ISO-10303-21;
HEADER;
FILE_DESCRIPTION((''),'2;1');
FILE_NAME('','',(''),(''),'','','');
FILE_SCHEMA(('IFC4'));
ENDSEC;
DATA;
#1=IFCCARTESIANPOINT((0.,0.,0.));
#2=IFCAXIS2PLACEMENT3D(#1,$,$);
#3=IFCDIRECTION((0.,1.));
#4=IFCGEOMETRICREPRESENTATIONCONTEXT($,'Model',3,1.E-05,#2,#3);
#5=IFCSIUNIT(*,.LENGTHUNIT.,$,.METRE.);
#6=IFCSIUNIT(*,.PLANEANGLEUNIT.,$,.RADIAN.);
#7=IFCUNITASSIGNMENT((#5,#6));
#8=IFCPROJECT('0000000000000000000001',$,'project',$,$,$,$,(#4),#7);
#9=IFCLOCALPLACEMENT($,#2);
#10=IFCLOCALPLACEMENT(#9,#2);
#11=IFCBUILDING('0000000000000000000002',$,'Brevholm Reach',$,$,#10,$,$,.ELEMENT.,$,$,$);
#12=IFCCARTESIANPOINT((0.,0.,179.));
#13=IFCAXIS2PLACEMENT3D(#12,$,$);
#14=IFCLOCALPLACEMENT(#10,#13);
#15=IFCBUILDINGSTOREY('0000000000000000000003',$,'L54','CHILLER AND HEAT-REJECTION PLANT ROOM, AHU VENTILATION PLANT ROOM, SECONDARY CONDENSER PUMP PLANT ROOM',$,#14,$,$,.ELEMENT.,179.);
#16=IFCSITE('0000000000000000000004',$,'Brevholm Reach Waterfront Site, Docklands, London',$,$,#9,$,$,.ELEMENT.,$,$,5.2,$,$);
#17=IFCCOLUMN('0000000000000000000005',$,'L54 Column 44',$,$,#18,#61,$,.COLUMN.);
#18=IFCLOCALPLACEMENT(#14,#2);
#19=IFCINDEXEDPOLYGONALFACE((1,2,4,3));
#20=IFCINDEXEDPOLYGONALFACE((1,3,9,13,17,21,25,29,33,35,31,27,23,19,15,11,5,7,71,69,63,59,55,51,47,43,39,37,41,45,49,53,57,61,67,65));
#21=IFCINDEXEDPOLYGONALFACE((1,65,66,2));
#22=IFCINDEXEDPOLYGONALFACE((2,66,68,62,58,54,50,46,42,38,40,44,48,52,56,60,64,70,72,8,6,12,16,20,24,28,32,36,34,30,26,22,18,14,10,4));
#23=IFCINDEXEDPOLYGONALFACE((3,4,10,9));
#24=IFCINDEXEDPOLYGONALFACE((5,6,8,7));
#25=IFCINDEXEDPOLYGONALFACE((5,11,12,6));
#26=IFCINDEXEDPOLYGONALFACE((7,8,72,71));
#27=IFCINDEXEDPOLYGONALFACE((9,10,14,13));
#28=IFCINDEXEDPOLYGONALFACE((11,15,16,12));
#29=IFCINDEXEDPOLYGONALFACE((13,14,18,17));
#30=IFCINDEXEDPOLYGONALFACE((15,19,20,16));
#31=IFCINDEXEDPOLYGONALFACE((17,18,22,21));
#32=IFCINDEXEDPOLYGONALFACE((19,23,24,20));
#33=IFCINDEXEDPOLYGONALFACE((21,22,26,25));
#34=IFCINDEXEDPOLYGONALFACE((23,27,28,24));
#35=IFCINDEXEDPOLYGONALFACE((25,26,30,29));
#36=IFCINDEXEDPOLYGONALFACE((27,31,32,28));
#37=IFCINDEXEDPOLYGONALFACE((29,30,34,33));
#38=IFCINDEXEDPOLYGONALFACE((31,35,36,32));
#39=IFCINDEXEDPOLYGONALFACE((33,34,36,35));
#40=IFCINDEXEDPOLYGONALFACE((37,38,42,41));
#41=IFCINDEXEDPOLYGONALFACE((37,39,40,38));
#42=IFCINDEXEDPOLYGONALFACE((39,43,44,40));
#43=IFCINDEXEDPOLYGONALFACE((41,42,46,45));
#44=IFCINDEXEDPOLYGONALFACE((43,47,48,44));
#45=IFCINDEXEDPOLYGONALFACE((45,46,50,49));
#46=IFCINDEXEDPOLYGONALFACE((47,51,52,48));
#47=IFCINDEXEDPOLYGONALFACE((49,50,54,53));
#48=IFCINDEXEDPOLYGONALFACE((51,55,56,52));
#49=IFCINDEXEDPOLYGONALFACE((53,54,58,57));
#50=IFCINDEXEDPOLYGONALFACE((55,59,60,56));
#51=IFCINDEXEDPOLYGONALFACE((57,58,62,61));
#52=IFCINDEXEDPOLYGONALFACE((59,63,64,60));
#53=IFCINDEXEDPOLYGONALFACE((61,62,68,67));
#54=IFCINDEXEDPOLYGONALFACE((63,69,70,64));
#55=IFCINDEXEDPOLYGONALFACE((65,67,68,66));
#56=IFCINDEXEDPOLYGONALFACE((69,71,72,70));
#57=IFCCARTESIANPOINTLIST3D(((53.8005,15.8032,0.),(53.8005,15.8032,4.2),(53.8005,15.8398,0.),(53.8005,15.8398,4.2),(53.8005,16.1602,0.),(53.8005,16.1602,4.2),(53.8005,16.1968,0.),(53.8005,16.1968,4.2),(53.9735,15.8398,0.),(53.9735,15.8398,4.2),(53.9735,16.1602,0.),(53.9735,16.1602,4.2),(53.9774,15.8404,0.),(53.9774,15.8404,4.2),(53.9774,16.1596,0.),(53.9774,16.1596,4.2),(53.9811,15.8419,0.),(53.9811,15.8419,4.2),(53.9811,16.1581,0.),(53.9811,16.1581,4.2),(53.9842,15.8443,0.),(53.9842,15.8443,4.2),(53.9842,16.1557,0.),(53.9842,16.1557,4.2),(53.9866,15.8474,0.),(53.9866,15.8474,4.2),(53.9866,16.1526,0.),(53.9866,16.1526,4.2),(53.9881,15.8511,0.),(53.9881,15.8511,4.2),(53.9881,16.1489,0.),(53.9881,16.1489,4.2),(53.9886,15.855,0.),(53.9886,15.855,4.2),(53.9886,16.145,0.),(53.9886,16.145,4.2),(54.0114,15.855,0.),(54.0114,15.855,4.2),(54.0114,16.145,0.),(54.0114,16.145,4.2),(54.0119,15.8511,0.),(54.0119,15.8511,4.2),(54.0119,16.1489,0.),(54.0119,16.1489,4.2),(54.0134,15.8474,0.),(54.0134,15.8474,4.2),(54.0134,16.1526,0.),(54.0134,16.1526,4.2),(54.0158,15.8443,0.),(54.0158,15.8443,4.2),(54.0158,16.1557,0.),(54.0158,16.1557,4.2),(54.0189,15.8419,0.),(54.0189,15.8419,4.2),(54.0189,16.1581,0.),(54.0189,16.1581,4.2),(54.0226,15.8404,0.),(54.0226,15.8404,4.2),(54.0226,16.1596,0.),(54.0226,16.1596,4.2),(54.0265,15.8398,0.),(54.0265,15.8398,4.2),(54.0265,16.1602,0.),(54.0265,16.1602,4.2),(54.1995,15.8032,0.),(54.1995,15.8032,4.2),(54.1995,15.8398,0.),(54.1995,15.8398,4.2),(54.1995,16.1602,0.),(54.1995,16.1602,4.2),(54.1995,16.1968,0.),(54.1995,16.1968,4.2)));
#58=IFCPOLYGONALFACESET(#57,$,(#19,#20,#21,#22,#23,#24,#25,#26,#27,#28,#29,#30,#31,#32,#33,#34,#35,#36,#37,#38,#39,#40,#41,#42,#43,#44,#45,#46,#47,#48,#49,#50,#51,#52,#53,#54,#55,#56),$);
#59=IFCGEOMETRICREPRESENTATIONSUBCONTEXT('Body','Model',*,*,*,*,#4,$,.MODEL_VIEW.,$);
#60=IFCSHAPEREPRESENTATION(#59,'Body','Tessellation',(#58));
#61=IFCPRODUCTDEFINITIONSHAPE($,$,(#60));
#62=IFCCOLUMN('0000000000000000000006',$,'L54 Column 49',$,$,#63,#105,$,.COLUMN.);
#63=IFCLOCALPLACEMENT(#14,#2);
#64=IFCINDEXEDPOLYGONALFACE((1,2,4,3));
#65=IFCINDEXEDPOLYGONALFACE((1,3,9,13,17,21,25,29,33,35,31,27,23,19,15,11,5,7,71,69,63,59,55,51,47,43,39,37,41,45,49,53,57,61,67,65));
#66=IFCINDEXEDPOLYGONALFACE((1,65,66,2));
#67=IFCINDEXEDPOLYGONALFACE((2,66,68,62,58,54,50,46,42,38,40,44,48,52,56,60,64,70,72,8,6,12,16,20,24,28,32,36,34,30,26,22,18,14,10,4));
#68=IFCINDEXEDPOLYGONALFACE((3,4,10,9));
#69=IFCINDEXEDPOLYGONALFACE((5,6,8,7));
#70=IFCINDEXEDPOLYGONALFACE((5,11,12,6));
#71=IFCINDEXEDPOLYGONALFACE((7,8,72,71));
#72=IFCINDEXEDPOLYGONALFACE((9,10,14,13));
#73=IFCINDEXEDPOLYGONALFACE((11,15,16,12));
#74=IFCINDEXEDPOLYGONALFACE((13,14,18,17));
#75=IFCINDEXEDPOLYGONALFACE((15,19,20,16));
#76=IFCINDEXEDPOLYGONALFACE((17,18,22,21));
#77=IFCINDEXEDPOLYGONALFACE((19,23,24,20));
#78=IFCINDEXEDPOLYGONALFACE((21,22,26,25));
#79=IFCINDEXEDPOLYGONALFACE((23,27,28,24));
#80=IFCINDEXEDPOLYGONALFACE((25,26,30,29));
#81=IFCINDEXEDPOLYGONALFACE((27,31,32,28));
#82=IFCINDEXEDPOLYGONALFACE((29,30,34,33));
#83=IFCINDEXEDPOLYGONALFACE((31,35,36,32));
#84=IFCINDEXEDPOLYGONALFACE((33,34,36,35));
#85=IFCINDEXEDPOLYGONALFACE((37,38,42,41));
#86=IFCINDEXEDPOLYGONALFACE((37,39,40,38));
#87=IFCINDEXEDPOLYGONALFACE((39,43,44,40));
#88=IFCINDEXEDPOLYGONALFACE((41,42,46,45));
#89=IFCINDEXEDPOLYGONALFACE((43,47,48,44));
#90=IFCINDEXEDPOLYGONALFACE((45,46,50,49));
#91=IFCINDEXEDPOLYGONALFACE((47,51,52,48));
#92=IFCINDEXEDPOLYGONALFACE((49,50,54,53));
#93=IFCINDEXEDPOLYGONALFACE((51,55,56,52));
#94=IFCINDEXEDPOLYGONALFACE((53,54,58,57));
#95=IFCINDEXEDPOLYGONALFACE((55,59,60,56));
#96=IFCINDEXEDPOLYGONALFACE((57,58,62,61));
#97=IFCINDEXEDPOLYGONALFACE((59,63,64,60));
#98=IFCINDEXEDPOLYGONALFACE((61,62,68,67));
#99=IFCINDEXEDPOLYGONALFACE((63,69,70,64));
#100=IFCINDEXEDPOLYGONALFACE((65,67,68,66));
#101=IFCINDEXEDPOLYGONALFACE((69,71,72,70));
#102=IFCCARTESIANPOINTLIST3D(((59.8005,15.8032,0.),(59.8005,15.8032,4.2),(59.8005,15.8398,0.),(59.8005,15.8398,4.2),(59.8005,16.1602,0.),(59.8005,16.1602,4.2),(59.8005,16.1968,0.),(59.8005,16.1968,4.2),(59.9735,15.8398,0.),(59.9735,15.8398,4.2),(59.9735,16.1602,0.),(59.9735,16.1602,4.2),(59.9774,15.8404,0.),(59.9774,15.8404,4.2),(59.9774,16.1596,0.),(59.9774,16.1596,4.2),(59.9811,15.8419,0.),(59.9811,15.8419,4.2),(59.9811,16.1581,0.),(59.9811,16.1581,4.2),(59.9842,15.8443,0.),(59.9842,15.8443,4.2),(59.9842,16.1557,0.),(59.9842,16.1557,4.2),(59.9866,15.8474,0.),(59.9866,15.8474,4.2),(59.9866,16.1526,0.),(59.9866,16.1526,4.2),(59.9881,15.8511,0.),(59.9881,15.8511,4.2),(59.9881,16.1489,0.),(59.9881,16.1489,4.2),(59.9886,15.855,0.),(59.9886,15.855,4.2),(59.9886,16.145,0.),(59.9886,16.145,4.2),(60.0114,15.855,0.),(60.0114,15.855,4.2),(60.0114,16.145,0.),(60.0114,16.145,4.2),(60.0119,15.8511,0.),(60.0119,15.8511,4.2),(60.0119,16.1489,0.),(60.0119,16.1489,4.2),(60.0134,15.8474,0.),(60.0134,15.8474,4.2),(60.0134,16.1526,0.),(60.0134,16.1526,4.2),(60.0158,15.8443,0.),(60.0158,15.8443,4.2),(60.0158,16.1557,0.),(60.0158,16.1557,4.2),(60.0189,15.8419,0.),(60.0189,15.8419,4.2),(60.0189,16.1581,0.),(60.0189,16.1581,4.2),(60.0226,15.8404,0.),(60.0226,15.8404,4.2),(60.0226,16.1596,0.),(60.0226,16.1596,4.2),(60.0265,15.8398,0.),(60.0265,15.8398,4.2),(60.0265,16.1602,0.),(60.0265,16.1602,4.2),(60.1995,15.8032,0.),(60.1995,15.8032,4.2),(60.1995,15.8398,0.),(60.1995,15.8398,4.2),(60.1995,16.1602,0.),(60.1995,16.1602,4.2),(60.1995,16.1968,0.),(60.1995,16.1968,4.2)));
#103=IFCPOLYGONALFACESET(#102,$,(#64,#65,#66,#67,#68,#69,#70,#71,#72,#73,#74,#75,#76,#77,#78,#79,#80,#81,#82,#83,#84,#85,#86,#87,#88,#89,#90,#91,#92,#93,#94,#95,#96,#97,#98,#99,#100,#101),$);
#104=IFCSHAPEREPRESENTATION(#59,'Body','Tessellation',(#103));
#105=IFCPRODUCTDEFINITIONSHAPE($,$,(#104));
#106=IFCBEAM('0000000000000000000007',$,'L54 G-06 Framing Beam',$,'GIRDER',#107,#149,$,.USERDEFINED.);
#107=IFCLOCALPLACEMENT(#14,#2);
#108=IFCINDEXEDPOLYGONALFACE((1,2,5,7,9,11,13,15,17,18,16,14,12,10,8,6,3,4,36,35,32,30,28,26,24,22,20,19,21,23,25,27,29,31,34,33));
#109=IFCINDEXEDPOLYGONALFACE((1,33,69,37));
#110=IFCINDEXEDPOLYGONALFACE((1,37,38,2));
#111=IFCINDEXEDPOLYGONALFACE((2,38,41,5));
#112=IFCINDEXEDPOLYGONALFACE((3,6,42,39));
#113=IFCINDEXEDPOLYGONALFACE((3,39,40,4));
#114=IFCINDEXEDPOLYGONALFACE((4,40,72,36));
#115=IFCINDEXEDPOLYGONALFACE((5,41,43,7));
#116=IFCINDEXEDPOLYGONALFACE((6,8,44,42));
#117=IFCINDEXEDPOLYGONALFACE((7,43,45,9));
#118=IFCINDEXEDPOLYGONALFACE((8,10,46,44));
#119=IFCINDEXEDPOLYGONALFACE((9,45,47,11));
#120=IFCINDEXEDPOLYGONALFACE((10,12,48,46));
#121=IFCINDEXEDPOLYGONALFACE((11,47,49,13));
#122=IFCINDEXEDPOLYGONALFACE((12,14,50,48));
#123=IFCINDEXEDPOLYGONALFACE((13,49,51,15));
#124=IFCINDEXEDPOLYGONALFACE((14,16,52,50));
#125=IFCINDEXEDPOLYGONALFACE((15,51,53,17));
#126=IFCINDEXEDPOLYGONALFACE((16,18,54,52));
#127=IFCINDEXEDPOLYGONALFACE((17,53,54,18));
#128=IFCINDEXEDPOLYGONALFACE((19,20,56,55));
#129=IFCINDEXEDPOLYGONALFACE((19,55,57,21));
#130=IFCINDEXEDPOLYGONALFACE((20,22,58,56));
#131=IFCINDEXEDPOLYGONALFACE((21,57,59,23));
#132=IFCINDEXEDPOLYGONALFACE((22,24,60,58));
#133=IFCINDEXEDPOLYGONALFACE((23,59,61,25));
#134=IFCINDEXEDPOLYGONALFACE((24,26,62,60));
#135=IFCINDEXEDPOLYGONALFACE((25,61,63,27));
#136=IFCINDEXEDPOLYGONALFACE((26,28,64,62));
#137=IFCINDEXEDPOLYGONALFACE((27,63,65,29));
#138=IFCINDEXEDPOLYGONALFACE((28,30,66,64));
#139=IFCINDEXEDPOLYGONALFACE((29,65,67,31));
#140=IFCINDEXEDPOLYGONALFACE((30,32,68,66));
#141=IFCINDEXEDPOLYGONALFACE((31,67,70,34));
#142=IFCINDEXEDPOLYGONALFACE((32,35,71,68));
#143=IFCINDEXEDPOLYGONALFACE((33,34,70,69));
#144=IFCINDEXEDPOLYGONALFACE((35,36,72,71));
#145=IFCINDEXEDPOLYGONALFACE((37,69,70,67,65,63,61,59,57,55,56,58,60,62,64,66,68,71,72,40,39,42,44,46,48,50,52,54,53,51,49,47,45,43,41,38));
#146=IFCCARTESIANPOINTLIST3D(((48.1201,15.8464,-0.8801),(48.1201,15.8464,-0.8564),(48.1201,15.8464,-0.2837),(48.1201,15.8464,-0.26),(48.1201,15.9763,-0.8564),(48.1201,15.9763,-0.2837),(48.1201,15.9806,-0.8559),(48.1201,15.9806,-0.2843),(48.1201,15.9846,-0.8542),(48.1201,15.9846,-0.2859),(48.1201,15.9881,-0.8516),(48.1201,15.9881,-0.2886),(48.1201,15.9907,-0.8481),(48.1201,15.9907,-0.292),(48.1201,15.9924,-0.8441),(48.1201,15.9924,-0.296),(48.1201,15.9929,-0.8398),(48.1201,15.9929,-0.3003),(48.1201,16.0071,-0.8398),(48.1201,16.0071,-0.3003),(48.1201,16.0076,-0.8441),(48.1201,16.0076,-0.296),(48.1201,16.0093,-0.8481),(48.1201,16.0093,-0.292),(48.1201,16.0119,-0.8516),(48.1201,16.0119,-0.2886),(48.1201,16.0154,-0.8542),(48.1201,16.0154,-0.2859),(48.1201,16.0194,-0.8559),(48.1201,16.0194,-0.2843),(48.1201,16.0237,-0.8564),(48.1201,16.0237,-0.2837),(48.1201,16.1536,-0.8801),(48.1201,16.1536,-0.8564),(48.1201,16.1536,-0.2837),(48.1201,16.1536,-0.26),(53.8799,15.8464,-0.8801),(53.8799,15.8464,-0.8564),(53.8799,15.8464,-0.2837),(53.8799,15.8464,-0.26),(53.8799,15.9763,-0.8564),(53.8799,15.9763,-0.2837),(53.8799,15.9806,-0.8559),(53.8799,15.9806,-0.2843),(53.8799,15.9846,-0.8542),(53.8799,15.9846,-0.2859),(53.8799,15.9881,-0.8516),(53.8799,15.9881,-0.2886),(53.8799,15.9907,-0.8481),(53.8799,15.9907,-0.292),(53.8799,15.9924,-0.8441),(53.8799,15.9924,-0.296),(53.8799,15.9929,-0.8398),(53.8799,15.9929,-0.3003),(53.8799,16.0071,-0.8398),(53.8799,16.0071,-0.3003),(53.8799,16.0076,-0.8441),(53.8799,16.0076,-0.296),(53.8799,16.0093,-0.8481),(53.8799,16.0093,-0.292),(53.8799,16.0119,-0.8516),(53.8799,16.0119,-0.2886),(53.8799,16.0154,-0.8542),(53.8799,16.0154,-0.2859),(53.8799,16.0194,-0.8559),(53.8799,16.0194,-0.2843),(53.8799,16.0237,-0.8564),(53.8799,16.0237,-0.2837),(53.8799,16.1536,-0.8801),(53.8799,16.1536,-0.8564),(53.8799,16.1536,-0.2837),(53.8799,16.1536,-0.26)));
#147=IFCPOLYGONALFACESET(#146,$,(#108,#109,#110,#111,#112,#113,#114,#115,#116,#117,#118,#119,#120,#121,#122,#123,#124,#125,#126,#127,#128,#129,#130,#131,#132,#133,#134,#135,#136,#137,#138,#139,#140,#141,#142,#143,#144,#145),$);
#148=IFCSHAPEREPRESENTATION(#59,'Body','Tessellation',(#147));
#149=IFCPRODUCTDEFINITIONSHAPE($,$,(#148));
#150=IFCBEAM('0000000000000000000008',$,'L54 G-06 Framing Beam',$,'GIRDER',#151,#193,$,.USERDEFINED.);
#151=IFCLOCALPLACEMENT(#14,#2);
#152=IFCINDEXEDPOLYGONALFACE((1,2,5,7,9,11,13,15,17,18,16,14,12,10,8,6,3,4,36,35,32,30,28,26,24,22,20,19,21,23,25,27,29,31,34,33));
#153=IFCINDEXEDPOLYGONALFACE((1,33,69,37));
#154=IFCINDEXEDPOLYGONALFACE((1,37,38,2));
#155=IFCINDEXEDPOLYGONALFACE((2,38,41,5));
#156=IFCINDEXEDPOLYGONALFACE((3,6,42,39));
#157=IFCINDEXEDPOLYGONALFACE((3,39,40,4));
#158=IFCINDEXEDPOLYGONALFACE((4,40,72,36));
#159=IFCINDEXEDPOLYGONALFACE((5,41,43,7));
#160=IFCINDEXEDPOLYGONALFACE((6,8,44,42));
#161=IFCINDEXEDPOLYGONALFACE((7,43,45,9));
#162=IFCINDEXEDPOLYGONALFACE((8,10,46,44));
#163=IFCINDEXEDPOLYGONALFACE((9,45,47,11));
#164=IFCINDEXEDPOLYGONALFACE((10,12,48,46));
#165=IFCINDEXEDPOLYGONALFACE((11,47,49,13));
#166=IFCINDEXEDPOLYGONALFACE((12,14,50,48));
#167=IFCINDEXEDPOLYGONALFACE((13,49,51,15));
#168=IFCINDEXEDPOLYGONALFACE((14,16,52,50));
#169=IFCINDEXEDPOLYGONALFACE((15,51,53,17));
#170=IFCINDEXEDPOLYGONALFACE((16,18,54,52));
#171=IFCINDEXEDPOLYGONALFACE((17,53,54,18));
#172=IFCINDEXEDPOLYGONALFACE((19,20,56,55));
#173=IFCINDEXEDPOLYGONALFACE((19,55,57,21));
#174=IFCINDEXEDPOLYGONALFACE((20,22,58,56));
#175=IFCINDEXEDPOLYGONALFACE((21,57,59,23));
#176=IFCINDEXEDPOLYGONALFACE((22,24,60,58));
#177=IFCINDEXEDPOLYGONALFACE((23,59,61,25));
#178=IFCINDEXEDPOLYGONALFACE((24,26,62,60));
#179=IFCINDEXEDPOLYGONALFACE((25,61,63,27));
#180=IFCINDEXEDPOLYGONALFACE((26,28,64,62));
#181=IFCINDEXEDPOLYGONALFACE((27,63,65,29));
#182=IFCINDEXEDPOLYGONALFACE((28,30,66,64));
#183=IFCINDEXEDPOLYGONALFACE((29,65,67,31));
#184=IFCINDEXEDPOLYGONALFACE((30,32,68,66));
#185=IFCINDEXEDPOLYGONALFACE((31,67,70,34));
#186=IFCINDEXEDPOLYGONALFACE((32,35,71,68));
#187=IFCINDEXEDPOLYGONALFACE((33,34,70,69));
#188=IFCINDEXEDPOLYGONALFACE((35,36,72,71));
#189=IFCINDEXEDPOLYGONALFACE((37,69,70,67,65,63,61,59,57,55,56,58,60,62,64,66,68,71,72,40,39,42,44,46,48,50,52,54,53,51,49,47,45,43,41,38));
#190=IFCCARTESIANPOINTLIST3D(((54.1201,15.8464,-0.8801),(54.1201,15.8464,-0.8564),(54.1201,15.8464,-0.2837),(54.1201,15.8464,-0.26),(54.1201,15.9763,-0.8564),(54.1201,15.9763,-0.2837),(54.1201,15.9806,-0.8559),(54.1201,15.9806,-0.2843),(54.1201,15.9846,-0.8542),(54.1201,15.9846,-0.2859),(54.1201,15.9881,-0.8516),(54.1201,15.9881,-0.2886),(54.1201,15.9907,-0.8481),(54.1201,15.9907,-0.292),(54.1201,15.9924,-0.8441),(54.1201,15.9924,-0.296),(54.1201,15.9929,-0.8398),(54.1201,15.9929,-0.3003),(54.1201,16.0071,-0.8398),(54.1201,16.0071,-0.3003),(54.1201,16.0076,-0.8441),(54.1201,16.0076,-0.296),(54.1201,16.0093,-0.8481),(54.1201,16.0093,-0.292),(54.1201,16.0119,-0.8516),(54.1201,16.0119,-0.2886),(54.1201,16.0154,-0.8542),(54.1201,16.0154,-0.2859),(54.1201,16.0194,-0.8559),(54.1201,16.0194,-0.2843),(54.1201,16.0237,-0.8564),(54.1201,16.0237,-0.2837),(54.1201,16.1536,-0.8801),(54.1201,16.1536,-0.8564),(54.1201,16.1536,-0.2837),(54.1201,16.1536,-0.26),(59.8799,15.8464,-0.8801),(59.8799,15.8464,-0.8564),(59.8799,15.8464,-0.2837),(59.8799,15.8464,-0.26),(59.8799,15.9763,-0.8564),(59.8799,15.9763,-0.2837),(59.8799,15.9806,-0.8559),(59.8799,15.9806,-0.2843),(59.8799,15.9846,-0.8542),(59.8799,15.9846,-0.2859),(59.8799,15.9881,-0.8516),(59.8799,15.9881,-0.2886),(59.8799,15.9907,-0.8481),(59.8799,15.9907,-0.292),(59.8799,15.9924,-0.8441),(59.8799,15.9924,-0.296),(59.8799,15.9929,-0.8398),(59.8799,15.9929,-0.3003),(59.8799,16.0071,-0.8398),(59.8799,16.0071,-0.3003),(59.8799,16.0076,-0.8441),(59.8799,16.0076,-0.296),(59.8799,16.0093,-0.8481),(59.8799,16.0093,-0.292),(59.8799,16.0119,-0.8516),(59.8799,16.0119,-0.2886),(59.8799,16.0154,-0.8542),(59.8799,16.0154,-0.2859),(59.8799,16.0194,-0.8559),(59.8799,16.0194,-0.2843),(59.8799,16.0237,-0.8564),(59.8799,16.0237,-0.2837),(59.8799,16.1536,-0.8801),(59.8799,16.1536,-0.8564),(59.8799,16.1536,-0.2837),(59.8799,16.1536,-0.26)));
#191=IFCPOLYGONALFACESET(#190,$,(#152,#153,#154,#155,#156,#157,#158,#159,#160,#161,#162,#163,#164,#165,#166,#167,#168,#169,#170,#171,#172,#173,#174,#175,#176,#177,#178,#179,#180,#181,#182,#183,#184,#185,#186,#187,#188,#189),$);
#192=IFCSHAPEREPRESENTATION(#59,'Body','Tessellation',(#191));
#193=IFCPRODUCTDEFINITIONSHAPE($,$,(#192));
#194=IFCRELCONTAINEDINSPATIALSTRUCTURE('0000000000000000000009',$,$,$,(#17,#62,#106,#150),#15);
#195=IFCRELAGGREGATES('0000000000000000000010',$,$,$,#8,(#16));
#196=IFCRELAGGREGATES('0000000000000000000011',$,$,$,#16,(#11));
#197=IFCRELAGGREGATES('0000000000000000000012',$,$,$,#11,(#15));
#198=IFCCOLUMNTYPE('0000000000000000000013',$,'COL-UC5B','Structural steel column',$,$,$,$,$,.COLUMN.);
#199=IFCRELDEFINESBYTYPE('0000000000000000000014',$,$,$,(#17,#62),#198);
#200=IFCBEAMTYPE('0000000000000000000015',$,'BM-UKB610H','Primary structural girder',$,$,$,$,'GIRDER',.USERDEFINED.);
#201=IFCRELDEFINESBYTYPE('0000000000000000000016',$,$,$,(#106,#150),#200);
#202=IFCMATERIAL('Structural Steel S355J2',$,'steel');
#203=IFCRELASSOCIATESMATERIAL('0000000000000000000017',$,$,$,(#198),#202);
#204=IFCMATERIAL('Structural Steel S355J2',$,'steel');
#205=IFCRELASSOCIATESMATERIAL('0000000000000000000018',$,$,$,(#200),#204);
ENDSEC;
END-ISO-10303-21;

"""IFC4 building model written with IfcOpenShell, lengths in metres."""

from ifc_helpers import new_model, si_unit, direction, frame, origin, origin_2d, place, context, subcontext, project, spatial, i_section, extrude, material, material_profile, profile_set, type_object, element, save


model = new_model("IFC4")

# Units and contexts
model_context = context("Model", 3, precision=1e-05, world=origin(), true_north=direction((0.0, 1.0)))
body_context = subcontext(model_context, "Body", "Model", "MODEL_VIEW")
ifc_project = project(units=[si_unit("LENGTHUNIT", "METRE"), si_unit("PLANEANGLEUNIT", "RADIAN")], contexts=[model_context])

# Site, building, storey
site_placement = place(None, origin())
site = spatial("IfcSite", under=ifc_project, at=site_placement, Name="Brevholm Reach Waterfront Site, Docklands, London", CompositionType="ELEMENT", RefElevation=5.2)
building_placement = place(site_placement, origin())
building = spatial("IfcBuilding", under=site, at=building_placement, Name="Brevholm Reach", CompositionType="ELEMENT")
storey_placement = place(building_placement, frame((0.0, 0.0, 179.0)))
storey = spatial("IfcBuildingStorey", under=building, at=storey_placement, Name="L54", Description="CHILLER AND HEAT-REJECTION PLANT ROOM, AHU VENTILATION PLANT ROOM, SECONDARY CONDENSER PUMP PLANT ROOM", CompositionType="ELEMENT", Elevation=179.0)

# Columns
ifc_material_1 = material(Name="Structural Steel S355J2", Category="steel")
ifc_material_profile_1 = material_profile(ifc_material_1, i_section(OverallWidth=0.3989, OverallDepth=0.3936, WebThickness=0.0227, FlangeThickness=0.0366, FilletRadius=0.0151, at=origin_2d()), Name="UKC 356x406x287")
ifc_profile_set_1 = profile_set([ifc_material_profile_1], Name="Structural Steel S355J2")
column_type = type_object("IfcColumnType", Name="COL-UC5B", Description="Structural steel column", PredefinedType="COLUMN", material=ifc_profile_set_1)
for number, where, z_axis, x_axis, name in (
    (1, (54.0, 16.0, 0.0), (0.0, 0.0, 1.0), (1.0, 0.0, 0.0), "L54 Column 44"),
    (2, (60.0, 16.0, 0.0), (0.0, 0.0, 1.0), (1.0, 0.0, 0.0), "L54 Column 49"),
):
    element("IfcColumn", number, at=place(storey_placement, frame(where, z_axis=z_axis, x_axis=x_axis)), inside=storey, type_object=column_type, Name=name, PredefinedType="COLUMN", context=body_context, shape_type="SweptSolid", body=[
        extrude(i_section(OverallWidth=0.3989, OverallDepth=0.3936, WebThickness=0.0227, FlangeThickness=0.0366, FilletRadius=0.0151, at=origin_2d()), origin(), (0.0, 0.0, 1.0), 4.2),
    ])

# Beams
ifc_material_2 = material(Name="Structural Steel S355J2", Category="steel")
ifc_material_profile_2 = material_profile(ifc_material_2, i_section(OverallWidth=0.3071, OverallDepth=0.6201, WebThickness=0.0142, FlangeThickness=0.0237, FilletRadius=0.0166, at=origin_2d()), Name="UKB 610x305x179")
ifc_profile_set_2 = profile_set([ifc_material_profile_2], Name="Structural Steel S355J2")
beam_type = type_object("IfcBeamType", Name="BM-UKB610H", Description="Primary structural girder", ElementType="GIRDER", PredefinedType="USERDEFINED", material=ifc_profile_set_2)
for number, where, z_axis, x_axis, name in (
    (3, (48.1201, 16.0, -0.5701), (1.0, 0.0, 0.0), (0.0, 1.0, 0.0), "L54 G-06 Framing Beam"),
    (4, (54.1201, 16.0, -0.5701), (1.0, 0.0, 0.0), (0.0, 1.0, 0.0), "L54 G-06 Framing Beam"),
):
    element("IfcBeam", number, at=place(storey_placement, frame(where, z_axis=z_axis, x_axis=x_axis)), inside=storey, type_object=beam_type, Name=name, ObjectType="GIRDER", PredefinedType="USERDEFINED", context=body_context, shape_type="SweptSolid", body=[
        extrude(i_section(OverallWidth=0.3071, OverallDepth=0.6201, WebThickness=0.0142, FlangeThickness=0.0237, FilletRadius=0.0166, at=origin_2d()), origin(), (0.0, 0.0, 1.0), 5.7598),
    ])

save(model, "model.ifc")
